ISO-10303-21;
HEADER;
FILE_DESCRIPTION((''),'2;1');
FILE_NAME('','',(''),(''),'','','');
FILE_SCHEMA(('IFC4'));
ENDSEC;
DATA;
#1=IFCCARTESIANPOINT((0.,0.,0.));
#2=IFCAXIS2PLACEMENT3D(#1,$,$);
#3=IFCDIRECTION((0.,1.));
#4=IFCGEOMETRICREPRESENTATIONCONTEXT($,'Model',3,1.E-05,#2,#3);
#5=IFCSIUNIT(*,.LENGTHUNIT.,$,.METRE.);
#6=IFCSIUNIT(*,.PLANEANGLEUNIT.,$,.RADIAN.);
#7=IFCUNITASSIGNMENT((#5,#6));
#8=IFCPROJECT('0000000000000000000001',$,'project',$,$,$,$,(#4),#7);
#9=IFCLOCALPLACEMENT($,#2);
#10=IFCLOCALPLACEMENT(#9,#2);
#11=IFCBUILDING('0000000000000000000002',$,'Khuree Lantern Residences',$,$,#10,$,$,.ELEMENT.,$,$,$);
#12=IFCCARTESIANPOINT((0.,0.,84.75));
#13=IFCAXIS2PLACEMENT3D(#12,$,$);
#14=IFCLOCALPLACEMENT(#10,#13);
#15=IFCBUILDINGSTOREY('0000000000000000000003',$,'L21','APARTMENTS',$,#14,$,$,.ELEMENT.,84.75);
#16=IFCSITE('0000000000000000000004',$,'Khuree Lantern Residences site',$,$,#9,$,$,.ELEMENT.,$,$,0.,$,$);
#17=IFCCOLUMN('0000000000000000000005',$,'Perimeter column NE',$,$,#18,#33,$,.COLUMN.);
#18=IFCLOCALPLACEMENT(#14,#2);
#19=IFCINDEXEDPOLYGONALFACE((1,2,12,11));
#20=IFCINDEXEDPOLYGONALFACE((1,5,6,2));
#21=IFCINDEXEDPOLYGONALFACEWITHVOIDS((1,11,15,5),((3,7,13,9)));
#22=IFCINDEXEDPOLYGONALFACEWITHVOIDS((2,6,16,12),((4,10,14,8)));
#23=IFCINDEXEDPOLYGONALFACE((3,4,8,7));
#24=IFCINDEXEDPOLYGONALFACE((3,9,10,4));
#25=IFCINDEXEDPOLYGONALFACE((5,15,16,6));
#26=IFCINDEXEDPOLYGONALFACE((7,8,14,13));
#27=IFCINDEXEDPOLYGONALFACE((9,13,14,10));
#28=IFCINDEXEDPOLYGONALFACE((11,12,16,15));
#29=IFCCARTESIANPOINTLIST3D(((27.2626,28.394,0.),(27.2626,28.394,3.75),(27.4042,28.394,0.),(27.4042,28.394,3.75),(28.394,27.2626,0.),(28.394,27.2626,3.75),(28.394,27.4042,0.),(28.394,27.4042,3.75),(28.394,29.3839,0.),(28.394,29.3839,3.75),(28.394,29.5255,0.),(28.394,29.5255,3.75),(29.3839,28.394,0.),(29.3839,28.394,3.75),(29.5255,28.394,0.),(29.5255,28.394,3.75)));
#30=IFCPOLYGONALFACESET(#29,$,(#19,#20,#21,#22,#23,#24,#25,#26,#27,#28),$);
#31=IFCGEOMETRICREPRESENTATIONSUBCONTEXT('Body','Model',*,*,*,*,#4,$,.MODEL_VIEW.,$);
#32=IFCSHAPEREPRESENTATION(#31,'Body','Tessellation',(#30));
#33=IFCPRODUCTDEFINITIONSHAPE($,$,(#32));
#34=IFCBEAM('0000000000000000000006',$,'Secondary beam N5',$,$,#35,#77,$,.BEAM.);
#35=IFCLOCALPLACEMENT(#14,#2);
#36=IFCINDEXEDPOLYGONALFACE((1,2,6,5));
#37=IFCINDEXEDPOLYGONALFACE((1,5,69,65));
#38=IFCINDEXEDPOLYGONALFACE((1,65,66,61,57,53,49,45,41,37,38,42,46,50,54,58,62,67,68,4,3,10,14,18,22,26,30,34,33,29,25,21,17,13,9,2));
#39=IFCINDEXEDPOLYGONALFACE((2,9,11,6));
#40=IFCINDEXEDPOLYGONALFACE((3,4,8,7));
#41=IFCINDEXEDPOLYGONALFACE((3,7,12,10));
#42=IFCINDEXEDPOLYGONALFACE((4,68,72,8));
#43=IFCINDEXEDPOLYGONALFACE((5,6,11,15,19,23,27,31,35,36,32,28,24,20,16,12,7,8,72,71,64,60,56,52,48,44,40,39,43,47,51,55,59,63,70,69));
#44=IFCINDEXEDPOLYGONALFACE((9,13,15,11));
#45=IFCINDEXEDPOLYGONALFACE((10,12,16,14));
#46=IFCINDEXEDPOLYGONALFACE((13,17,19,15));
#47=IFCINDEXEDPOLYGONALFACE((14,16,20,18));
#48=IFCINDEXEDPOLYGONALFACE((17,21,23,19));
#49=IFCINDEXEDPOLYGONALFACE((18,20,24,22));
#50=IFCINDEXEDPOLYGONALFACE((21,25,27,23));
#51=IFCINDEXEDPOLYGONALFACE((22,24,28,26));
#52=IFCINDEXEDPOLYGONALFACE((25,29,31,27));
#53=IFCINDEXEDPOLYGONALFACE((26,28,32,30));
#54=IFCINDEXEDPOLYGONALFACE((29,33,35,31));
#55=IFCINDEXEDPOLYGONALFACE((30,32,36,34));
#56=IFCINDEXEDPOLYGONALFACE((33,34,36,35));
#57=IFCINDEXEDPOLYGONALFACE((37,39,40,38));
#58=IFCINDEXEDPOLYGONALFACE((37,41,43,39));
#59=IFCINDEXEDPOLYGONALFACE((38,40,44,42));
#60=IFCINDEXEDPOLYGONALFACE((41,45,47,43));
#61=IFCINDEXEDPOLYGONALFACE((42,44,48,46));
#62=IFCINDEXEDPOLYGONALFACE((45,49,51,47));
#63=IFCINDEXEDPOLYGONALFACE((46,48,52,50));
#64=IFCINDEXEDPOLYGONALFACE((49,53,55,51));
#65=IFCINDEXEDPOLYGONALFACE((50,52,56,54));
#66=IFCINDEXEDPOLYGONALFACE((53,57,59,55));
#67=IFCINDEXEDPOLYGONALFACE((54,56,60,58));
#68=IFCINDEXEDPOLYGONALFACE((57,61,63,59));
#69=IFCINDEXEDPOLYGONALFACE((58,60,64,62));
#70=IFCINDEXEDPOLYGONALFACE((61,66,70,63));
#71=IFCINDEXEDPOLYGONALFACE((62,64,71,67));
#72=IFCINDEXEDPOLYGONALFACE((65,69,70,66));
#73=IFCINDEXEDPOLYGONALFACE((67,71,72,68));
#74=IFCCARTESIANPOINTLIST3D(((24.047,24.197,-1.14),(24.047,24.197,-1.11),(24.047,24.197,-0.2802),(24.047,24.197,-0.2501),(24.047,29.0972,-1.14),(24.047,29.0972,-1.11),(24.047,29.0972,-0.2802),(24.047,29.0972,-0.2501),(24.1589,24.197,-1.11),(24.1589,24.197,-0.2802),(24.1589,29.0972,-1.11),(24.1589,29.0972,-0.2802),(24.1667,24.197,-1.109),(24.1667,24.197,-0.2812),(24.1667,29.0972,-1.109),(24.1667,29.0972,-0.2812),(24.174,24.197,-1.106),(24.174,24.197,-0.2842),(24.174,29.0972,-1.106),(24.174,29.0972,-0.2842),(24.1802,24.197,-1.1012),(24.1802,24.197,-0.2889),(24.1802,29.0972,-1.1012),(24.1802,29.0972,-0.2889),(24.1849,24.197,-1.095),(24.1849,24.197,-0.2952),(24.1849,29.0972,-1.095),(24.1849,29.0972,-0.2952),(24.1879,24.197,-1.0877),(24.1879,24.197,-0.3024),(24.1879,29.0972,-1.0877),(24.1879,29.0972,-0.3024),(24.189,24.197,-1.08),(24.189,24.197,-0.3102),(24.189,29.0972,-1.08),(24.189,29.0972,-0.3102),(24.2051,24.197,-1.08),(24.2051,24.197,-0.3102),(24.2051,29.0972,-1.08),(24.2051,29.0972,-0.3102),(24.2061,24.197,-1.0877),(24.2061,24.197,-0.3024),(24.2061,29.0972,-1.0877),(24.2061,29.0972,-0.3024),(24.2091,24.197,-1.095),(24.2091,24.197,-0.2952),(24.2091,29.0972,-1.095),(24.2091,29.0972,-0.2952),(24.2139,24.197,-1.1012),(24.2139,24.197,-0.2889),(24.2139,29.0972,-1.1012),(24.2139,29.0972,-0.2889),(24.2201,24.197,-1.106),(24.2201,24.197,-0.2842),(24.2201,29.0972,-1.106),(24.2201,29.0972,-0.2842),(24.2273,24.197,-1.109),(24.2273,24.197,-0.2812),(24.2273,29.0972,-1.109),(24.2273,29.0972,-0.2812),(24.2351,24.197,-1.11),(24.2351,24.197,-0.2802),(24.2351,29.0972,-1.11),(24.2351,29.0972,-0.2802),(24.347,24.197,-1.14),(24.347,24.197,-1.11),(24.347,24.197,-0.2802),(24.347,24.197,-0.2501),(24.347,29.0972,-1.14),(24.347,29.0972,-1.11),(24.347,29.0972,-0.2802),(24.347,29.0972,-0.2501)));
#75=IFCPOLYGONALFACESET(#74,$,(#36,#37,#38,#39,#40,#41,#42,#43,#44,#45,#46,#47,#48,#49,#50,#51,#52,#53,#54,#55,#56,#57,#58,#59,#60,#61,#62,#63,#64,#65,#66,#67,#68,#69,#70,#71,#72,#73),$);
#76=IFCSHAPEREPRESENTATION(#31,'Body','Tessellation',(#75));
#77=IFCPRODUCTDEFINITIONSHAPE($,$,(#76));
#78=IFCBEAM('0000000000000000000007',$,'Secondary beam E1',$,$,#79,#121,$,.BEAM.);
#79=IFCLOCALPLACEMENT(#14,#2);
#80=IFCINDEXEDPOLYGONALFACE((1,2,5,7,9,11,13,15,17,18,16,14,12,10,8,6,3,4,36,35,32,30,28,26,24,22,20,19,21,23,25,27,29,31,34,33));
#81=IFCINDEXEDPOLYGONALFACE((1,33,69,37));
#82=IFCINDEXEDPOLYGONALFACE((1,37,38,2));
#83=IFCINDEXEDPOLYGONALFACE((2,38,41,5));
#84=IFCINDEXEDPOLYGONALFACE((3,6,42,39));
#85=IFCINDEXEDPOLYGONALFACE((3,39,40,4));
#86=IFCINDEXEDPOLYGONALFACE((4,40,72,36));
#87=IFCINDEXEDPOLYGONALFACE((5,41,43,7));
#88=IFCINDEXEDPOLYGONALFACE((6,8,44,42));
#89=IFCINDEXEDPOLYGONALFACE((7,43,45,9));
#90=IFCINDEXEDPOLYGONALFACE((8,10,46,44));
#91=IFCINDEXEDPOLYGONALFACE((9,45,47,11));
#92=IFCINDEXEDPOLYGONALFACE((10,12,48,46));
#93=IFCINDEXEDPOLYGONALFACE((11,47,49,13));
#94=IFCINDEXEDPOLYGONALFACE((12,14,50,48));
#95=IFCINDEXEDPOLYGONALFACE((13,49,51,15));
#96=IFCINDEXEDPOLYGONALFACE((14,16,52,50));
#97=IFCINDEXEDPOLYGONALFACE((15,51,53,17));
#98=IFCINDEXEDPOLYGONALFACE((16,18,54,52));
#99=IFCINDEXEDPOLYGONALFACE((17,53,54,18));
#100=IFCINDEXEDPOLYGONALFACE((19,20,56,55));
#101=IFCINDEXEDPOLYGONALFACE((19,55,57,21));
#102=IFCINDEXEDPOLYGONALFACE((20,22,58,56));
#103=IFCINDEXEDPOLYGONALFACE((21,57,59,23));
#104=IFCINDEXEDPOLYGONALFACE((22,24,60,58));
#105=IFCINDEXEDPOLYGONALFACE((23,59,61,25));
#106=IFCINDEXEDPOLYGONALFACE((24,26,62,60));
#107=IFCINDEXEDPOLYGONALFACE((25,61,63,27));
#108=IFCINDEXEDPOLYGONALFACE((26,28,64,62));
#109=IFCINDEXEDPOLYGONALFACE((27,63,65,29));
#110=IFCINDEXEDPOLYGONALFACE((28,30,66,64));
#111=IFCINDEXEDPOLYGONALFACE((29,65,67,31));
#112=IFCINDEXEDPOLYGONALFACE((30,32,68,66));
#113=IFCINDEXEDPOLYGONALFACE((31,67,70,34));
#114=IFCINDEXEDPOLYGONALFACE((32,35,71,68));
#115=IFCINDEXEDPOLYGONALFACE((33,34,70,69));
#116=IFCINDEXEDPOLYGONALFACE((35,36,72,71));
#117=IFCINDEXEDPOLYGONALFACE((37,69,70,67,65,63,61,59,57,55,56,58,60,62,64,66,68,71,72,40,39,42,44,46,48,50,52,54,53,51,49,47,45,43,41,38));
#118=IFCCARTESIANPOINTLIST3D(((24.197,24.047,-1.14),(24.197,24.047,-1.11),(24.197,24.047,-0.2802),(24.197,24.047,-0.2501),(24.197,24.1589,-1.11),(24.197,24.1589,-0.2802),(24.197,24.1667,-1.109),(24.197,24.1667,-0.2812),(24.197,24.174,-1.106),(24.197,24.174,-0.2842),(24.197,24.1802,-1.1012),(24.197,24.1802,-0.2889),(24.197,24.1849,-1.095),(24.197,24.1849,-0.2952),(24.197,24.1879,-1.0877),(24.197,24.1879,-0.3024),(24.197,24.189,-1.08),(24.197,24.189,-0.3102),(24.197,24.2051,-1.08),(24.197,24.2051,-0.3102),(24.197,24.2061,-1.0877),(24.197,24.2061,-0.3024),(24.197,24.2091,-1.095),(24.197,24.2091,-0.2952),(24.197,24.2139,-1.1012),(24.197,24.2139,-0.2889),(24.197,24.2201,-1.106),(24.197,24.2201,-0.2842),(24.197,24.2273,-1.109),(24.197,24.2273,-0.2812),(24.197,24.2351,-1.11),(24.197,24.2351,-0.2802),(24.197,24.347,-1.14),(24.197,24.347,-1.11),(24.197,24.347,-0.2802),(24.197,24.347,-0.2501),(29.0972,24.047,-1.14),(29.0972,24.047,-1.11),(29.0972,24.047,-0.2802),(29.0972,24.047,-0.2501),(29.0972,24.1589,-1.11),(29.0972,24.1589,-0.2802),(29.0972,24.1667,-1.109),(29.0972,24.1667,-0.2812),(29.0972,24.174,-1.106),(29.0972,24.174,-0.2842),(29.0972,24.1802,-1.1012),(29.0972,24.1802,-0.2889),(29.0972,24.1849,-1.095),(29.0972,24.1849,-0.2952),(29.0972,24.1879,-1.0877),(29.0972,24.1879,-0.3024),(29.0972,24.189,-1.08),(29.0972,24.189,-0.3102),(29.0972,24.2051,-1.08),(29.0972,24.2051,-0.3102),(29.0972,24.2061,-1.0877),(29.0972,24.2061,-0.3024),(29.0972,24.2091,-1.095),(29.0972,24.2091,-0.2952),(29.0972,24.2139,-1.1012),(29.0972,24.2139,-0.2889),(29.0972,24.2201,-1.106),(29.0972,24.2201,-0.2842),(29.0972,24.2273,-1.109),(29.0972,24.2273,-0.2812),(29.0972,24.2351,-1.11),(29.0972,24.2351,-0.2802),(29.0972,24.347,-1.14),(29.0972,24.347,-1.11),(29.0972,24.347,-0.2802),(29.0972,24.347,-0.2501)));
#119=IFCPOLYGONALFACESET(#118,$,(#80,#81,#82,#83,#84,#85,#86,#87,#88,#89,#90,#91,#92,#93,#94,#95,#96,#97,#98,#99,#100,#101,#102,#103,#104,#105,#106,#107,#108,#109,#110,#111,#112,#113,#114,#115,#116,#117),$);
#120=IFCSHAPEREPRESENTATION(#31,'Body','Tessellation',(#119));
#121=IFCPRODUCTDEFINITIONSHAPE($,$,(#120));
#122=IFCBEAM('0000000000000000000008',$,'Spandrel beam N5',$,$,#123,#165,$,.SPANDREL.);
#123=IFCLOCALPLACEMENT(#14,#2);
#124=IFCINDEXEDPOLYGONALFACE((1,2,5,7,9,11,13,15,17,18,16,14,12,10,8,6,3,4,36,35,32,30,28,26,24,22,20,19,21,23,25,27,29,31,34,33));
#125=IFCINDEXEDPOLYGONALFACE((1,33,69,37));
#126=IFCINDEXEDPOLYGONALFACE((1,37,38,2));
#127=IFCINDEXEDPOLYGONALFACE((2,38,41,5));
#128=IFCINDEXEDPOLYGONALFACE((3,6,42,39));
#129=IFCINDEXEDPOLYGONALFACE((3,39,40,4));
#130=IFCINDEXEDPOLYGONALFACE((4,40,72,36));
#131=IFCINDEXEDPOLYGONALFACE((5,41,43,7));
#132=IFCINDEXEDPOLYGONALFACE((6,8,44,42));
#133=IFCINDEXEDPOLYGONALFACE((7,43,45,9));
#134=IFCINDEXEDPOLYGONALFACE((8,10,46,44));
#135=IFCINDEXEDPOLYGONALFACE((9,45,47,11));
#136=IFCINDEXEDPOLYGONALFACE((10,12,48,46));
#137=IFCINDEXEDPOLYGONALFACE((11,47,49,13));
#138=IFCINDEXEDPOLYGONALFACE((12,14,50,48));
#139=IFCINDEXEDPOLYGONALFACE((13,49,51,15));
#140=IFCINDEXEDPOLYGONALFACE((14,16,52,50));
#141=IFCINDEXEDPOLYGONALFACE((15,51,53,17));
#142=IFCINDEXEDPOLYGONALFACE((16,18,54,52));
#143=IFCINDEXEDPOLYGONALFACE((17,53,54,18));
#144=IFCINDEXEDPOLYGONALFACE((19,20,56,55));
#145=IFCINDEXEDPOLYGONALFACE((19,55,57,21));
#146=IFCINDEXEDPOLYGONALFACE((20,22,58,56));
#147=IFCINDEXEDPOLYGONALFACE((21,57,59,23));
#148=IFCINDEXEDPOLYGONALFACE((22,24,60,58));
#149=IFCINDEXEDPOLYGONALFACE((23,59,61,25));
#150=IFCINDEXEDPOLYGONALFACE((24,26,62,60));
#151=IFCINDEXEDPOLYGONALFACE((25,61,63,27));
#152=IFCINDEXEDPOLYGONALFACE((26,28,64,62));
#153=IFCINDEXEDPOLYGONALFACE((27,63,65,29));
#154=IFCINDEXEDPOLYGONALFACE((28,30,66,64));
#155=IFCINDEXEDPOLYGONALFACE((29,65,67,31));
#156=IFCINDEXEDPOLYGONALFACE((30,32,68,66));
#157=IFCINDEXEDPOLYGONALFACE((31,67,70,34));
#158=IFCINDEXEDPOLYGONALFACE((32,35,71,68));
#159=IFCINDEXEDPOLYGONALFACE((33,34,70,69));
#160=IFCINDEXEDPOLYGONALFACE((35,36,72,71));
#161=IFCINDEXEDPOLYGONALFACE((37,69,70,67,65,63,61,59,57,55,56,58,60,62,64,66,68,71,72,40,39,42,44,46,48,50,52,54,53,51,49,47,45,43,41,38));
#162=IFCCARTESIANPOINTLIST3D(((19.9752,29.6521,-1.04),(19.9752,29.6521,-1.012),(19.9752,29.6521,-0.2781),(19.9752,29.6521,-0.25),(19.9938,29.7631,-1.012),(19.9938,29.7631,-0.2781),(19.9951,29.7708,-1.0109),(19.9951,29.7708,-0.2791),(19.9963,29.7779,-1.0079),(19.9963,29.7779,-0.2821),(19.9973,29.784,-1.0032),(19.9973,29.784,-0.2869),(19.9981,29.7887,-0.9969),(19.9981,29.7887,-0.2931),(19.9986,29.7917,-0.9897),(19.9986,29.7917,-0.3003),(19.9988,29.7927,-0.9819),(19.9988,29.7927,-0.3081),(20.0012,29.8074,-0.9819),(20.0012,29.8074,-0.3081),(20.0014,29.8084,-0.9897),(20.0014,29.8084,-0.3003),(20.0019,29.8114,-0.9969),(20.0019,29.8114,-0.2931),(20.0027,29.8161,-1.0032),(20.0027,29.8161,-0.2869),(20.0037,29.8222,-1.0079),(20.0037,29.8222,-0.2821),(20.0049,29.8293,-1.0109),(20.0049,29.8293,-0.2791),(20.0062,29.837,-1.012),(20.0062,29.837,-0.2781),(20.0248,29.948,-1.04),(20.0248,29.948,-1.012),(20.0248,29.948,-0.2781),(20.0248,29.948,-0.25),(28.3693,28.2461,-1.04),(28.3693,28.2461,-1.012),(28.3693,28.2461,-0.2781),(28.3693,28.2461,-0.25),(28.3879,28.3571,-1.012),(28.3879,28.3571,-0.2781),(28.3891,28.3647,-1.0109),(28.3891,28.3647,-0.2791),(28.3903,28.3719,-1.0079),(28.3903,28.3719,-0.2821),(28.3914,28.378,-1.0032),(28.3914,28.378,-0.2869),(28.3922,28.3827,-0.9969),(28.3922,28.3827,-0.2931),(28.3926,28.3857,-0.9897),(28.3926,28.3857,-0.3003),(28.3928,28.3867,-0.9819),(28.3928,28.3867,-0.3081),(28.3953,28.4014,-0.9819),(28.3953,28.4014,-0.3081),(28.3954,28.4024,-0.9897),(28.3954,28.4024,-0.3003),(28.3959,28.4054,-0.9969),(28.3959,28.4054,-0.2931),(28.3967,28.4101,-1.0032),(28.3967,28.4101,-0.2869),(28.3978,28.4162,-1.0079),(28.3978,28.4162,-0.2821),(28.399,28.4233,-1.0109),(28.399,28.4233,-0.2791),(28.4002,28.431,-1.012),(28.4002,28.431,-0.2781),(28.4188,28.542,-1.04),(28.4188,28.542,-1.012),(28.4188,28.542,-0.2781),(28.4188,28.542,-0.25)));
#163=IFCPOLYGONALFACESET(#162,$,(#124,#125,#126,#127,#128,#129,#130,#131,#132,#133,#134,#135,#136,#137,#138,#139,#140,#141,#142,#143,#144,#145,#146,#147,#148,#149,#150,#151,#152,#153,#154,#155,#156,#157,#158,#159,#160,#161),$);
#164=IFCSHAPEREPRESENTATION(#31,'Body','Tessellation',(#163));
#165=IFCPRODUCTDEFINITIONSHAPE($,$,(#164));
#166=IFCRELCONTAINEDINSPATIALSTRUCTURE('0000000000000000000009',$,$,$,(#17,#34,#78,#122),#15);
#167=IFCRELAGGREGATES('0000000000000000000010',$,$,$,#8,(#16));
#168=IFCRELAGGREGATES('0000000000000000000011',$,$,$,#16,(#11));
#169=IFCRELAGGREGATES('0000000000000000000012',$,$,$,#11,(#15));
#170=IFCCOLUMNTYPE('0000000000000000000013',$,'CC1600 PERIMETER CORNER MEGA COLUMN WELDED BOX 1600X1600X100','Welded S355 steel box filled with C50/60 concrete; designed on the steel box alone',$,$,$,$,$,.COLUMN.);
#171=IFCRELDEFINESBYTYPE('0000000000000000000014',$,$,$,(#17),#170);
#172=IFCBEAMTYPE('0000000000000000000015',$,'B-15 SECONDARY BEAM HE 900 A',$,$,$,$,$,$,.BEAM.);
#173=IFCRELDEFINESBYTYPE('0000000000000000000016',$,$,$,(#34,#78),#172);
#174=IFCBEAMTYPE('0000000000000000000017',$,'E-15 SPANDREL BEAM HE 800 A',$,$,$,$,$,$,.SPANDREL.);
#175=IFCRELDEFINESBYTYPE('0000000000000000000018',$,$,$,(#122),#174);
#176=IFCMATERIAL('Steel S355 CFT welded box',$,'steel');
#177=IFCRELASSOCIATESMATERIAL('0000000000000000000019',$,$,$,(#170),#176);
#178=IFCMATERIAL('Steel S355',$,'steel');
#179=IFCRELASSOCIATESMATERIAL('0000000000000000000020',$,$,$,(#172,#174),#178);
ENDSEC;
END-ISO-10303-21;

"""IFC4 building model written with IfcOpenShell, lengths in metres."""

from ifc_helpers import new_model, si_unit, direction, frame, origin, origin_2d, place, context, subcontext, project, spatial, hollow_rectangle, i_section, extrude, material, material_profile, profile_set, type_object, element, save


model = new_model("IFC4")

# Units and contexts
model_context = context("Model", 3, precision=1e-05, world=origin(), true_north=direction((0.0, 1.0)))
body_context = subcontext(model_context, "Body", "Model", "MODEL_VIEW")
ifc_project = project(units=[si_unit("LENGTHUNIT", "METRE"), si_unit("PLANEANGLEUNIT", "RADIAN")], contexts=[model_context])

# Site, building, storey
site_placement = place(None, origin())
site = spatial("IfcSite", under=ifc_project, at=site_placement, Name="Khuree Lantern Residences site", CompositionType="ELEMENT", RefElevation=0.0)
building_placement = place(site_placement, origin())
building = spatial("IfcBuilding", under=site, at=building_placement, Name="Khuree Lantern Residences", CompositionType="ELEMENT")
storey_placement = place(building_placement, frame((0.0, 0.0, 84.75)))
storey = spatial("IfcBuildingStorey", under=building, at=storey_placement, Name="L21", Description="APARTMENTS", CompositionType="ELEMENT", Elevation=84.75)

# Column
ifc_material_1 = material(Name="Steel S355 CFT welded box", Category="steel")
ifc_material_profile_1 = material_profile(ifc_material_1, hollow_rectangle(XDim=1.6001, YDim=1.6001, WallThickness=0.1001, at=origin_2d()), Name="WELDED BOX 1600X1600X100")
ifc_profile_set_1 = profile_set([ifc_material_profile_1], Name="Steel S355 CFT welded box")
column_type = type_object("IfcColumnType", Name="CC1600 PERIMETER CORNER MEGA COLUMN WELDED BOX 1600X1600X100", Description="Welded S355 steel box filled with C50/60 concrete; designed on the steel box alone", PredefinedType="COLUMN", material=ifc_profile_set_1)
column_placement = place(storey_placement, frame((28.394, 28.394, 0.0), z_axis=(0.0, 0.0, 1.0), x_axis=(0.707107, -0.707107, 0.0)))
element("IfcColumn", 1, at=column_placement, inside=storey, type_object=column_type, Name="Perimeter column NE", PredefinedType="COLUMN", context=body_context, shape_type="SweptSolid", body=[
    extrude(hollow_rectangle(XDim=1.6001, YDim=1.6001, WallThickness=0.1001, at=origin_2d()), origin(), (0.0, 0.0, 1.0), 3.75),
])

# Beams
ifc_material_2 = material(Name="Steel S355", Category="steel")
ifc_material_profile_2 = material_profile(ifc_material_2, i_section(OverallWidth=0.3, OverallDepth=0.8899, WebThickness=0.0161, FlangeThickness=0.03, FilletRadius=0.03, at=origin_2d()), Name="HE 900 A")
ifc_profile_set_2 = profile_set([ifc_material_profile_2], Name="Steel S355")
beam_type_1 = type_object("IfcBeamType", Name="B-15 SECONDARY BEAM HE 900 A", PredefinedType="BEAM", material=ifc_profile_set_2)
for number, where, z_axis, x_axis, name in (
    (2, (24.197, 29.0972, -0.6951), (0.0, -1.0, 0.0), (1.0, 0.0, 0.0), "Secondary beam N5"),
    (3, (29.0972, 24.197, -0.6951), (-1.0, 0.0, 0.0), (0.0, -1.0, 0.0), "Secondary beam E1"),
):
    element("IfcBeam", number, at=place(storey_placement, frame(where, z_axis=z_axis, x_axis=x_axis)), inside=storey, type_object=beam_type_1, Name=name, PredefinedType="BEAM", context=body_context, shape_type="SweptSolid", body=[
        extrude(i_section(OverallWidth=0.3, OverallDepth=0.8899, WebThickness=0.0161, FlangeThickness=0.03, FilletRadius=0.03, at=origin_2d()), origin(), (0.0, 0.0, 1.0), 4.9001),
    ])
ifc_material_profile_3 = material_profile(ifc_material_2, i_section(OverallWidth=0.3, OverallDepth=0.79, WebThickness=0.0149, FlangeThickness=0.0281, FilletRadius=0.03, at=origin_2d()), Name="HE 800 A")
ifc_profile_set_3 = profile_set([ifc_material_profile_3], Name="Steel S355")
beam_type_2 = type_object("IfcBeamType", Name="E-15 SPANDREL BEAM HE 800 A", PredefinedType="SPANDREL", material=ifc_profile_set_3)
for number, where, z_axis, x_axis, name in (
    (4, (20.0, 29.8, -0.645), (0.98626, -0.165199, 0.0), (0.165199, 0.98626, 0.0), "Spandrel beam N5"),
):
    element("IfcBeam", number, at=place(storey_placement, frame(where, z_axis=z_axis, x_axis=x_axis)), inside=storey, type_object=beam_type_2, Name=name, PredefinedType="SPANDREL", context=body_context, shape_type="SweptSolid", body=[
        extrude(i_section(OverallWidth=0.3, OverallDepth=0.79, WebThickness=0.0149, FlangeThickness=0.0281, FilletRadius=0.03, at=origin_2d()), origin(), (0.0, 0.0, 1.0), 8.511),
    ])

save(model, "model.ifc")
